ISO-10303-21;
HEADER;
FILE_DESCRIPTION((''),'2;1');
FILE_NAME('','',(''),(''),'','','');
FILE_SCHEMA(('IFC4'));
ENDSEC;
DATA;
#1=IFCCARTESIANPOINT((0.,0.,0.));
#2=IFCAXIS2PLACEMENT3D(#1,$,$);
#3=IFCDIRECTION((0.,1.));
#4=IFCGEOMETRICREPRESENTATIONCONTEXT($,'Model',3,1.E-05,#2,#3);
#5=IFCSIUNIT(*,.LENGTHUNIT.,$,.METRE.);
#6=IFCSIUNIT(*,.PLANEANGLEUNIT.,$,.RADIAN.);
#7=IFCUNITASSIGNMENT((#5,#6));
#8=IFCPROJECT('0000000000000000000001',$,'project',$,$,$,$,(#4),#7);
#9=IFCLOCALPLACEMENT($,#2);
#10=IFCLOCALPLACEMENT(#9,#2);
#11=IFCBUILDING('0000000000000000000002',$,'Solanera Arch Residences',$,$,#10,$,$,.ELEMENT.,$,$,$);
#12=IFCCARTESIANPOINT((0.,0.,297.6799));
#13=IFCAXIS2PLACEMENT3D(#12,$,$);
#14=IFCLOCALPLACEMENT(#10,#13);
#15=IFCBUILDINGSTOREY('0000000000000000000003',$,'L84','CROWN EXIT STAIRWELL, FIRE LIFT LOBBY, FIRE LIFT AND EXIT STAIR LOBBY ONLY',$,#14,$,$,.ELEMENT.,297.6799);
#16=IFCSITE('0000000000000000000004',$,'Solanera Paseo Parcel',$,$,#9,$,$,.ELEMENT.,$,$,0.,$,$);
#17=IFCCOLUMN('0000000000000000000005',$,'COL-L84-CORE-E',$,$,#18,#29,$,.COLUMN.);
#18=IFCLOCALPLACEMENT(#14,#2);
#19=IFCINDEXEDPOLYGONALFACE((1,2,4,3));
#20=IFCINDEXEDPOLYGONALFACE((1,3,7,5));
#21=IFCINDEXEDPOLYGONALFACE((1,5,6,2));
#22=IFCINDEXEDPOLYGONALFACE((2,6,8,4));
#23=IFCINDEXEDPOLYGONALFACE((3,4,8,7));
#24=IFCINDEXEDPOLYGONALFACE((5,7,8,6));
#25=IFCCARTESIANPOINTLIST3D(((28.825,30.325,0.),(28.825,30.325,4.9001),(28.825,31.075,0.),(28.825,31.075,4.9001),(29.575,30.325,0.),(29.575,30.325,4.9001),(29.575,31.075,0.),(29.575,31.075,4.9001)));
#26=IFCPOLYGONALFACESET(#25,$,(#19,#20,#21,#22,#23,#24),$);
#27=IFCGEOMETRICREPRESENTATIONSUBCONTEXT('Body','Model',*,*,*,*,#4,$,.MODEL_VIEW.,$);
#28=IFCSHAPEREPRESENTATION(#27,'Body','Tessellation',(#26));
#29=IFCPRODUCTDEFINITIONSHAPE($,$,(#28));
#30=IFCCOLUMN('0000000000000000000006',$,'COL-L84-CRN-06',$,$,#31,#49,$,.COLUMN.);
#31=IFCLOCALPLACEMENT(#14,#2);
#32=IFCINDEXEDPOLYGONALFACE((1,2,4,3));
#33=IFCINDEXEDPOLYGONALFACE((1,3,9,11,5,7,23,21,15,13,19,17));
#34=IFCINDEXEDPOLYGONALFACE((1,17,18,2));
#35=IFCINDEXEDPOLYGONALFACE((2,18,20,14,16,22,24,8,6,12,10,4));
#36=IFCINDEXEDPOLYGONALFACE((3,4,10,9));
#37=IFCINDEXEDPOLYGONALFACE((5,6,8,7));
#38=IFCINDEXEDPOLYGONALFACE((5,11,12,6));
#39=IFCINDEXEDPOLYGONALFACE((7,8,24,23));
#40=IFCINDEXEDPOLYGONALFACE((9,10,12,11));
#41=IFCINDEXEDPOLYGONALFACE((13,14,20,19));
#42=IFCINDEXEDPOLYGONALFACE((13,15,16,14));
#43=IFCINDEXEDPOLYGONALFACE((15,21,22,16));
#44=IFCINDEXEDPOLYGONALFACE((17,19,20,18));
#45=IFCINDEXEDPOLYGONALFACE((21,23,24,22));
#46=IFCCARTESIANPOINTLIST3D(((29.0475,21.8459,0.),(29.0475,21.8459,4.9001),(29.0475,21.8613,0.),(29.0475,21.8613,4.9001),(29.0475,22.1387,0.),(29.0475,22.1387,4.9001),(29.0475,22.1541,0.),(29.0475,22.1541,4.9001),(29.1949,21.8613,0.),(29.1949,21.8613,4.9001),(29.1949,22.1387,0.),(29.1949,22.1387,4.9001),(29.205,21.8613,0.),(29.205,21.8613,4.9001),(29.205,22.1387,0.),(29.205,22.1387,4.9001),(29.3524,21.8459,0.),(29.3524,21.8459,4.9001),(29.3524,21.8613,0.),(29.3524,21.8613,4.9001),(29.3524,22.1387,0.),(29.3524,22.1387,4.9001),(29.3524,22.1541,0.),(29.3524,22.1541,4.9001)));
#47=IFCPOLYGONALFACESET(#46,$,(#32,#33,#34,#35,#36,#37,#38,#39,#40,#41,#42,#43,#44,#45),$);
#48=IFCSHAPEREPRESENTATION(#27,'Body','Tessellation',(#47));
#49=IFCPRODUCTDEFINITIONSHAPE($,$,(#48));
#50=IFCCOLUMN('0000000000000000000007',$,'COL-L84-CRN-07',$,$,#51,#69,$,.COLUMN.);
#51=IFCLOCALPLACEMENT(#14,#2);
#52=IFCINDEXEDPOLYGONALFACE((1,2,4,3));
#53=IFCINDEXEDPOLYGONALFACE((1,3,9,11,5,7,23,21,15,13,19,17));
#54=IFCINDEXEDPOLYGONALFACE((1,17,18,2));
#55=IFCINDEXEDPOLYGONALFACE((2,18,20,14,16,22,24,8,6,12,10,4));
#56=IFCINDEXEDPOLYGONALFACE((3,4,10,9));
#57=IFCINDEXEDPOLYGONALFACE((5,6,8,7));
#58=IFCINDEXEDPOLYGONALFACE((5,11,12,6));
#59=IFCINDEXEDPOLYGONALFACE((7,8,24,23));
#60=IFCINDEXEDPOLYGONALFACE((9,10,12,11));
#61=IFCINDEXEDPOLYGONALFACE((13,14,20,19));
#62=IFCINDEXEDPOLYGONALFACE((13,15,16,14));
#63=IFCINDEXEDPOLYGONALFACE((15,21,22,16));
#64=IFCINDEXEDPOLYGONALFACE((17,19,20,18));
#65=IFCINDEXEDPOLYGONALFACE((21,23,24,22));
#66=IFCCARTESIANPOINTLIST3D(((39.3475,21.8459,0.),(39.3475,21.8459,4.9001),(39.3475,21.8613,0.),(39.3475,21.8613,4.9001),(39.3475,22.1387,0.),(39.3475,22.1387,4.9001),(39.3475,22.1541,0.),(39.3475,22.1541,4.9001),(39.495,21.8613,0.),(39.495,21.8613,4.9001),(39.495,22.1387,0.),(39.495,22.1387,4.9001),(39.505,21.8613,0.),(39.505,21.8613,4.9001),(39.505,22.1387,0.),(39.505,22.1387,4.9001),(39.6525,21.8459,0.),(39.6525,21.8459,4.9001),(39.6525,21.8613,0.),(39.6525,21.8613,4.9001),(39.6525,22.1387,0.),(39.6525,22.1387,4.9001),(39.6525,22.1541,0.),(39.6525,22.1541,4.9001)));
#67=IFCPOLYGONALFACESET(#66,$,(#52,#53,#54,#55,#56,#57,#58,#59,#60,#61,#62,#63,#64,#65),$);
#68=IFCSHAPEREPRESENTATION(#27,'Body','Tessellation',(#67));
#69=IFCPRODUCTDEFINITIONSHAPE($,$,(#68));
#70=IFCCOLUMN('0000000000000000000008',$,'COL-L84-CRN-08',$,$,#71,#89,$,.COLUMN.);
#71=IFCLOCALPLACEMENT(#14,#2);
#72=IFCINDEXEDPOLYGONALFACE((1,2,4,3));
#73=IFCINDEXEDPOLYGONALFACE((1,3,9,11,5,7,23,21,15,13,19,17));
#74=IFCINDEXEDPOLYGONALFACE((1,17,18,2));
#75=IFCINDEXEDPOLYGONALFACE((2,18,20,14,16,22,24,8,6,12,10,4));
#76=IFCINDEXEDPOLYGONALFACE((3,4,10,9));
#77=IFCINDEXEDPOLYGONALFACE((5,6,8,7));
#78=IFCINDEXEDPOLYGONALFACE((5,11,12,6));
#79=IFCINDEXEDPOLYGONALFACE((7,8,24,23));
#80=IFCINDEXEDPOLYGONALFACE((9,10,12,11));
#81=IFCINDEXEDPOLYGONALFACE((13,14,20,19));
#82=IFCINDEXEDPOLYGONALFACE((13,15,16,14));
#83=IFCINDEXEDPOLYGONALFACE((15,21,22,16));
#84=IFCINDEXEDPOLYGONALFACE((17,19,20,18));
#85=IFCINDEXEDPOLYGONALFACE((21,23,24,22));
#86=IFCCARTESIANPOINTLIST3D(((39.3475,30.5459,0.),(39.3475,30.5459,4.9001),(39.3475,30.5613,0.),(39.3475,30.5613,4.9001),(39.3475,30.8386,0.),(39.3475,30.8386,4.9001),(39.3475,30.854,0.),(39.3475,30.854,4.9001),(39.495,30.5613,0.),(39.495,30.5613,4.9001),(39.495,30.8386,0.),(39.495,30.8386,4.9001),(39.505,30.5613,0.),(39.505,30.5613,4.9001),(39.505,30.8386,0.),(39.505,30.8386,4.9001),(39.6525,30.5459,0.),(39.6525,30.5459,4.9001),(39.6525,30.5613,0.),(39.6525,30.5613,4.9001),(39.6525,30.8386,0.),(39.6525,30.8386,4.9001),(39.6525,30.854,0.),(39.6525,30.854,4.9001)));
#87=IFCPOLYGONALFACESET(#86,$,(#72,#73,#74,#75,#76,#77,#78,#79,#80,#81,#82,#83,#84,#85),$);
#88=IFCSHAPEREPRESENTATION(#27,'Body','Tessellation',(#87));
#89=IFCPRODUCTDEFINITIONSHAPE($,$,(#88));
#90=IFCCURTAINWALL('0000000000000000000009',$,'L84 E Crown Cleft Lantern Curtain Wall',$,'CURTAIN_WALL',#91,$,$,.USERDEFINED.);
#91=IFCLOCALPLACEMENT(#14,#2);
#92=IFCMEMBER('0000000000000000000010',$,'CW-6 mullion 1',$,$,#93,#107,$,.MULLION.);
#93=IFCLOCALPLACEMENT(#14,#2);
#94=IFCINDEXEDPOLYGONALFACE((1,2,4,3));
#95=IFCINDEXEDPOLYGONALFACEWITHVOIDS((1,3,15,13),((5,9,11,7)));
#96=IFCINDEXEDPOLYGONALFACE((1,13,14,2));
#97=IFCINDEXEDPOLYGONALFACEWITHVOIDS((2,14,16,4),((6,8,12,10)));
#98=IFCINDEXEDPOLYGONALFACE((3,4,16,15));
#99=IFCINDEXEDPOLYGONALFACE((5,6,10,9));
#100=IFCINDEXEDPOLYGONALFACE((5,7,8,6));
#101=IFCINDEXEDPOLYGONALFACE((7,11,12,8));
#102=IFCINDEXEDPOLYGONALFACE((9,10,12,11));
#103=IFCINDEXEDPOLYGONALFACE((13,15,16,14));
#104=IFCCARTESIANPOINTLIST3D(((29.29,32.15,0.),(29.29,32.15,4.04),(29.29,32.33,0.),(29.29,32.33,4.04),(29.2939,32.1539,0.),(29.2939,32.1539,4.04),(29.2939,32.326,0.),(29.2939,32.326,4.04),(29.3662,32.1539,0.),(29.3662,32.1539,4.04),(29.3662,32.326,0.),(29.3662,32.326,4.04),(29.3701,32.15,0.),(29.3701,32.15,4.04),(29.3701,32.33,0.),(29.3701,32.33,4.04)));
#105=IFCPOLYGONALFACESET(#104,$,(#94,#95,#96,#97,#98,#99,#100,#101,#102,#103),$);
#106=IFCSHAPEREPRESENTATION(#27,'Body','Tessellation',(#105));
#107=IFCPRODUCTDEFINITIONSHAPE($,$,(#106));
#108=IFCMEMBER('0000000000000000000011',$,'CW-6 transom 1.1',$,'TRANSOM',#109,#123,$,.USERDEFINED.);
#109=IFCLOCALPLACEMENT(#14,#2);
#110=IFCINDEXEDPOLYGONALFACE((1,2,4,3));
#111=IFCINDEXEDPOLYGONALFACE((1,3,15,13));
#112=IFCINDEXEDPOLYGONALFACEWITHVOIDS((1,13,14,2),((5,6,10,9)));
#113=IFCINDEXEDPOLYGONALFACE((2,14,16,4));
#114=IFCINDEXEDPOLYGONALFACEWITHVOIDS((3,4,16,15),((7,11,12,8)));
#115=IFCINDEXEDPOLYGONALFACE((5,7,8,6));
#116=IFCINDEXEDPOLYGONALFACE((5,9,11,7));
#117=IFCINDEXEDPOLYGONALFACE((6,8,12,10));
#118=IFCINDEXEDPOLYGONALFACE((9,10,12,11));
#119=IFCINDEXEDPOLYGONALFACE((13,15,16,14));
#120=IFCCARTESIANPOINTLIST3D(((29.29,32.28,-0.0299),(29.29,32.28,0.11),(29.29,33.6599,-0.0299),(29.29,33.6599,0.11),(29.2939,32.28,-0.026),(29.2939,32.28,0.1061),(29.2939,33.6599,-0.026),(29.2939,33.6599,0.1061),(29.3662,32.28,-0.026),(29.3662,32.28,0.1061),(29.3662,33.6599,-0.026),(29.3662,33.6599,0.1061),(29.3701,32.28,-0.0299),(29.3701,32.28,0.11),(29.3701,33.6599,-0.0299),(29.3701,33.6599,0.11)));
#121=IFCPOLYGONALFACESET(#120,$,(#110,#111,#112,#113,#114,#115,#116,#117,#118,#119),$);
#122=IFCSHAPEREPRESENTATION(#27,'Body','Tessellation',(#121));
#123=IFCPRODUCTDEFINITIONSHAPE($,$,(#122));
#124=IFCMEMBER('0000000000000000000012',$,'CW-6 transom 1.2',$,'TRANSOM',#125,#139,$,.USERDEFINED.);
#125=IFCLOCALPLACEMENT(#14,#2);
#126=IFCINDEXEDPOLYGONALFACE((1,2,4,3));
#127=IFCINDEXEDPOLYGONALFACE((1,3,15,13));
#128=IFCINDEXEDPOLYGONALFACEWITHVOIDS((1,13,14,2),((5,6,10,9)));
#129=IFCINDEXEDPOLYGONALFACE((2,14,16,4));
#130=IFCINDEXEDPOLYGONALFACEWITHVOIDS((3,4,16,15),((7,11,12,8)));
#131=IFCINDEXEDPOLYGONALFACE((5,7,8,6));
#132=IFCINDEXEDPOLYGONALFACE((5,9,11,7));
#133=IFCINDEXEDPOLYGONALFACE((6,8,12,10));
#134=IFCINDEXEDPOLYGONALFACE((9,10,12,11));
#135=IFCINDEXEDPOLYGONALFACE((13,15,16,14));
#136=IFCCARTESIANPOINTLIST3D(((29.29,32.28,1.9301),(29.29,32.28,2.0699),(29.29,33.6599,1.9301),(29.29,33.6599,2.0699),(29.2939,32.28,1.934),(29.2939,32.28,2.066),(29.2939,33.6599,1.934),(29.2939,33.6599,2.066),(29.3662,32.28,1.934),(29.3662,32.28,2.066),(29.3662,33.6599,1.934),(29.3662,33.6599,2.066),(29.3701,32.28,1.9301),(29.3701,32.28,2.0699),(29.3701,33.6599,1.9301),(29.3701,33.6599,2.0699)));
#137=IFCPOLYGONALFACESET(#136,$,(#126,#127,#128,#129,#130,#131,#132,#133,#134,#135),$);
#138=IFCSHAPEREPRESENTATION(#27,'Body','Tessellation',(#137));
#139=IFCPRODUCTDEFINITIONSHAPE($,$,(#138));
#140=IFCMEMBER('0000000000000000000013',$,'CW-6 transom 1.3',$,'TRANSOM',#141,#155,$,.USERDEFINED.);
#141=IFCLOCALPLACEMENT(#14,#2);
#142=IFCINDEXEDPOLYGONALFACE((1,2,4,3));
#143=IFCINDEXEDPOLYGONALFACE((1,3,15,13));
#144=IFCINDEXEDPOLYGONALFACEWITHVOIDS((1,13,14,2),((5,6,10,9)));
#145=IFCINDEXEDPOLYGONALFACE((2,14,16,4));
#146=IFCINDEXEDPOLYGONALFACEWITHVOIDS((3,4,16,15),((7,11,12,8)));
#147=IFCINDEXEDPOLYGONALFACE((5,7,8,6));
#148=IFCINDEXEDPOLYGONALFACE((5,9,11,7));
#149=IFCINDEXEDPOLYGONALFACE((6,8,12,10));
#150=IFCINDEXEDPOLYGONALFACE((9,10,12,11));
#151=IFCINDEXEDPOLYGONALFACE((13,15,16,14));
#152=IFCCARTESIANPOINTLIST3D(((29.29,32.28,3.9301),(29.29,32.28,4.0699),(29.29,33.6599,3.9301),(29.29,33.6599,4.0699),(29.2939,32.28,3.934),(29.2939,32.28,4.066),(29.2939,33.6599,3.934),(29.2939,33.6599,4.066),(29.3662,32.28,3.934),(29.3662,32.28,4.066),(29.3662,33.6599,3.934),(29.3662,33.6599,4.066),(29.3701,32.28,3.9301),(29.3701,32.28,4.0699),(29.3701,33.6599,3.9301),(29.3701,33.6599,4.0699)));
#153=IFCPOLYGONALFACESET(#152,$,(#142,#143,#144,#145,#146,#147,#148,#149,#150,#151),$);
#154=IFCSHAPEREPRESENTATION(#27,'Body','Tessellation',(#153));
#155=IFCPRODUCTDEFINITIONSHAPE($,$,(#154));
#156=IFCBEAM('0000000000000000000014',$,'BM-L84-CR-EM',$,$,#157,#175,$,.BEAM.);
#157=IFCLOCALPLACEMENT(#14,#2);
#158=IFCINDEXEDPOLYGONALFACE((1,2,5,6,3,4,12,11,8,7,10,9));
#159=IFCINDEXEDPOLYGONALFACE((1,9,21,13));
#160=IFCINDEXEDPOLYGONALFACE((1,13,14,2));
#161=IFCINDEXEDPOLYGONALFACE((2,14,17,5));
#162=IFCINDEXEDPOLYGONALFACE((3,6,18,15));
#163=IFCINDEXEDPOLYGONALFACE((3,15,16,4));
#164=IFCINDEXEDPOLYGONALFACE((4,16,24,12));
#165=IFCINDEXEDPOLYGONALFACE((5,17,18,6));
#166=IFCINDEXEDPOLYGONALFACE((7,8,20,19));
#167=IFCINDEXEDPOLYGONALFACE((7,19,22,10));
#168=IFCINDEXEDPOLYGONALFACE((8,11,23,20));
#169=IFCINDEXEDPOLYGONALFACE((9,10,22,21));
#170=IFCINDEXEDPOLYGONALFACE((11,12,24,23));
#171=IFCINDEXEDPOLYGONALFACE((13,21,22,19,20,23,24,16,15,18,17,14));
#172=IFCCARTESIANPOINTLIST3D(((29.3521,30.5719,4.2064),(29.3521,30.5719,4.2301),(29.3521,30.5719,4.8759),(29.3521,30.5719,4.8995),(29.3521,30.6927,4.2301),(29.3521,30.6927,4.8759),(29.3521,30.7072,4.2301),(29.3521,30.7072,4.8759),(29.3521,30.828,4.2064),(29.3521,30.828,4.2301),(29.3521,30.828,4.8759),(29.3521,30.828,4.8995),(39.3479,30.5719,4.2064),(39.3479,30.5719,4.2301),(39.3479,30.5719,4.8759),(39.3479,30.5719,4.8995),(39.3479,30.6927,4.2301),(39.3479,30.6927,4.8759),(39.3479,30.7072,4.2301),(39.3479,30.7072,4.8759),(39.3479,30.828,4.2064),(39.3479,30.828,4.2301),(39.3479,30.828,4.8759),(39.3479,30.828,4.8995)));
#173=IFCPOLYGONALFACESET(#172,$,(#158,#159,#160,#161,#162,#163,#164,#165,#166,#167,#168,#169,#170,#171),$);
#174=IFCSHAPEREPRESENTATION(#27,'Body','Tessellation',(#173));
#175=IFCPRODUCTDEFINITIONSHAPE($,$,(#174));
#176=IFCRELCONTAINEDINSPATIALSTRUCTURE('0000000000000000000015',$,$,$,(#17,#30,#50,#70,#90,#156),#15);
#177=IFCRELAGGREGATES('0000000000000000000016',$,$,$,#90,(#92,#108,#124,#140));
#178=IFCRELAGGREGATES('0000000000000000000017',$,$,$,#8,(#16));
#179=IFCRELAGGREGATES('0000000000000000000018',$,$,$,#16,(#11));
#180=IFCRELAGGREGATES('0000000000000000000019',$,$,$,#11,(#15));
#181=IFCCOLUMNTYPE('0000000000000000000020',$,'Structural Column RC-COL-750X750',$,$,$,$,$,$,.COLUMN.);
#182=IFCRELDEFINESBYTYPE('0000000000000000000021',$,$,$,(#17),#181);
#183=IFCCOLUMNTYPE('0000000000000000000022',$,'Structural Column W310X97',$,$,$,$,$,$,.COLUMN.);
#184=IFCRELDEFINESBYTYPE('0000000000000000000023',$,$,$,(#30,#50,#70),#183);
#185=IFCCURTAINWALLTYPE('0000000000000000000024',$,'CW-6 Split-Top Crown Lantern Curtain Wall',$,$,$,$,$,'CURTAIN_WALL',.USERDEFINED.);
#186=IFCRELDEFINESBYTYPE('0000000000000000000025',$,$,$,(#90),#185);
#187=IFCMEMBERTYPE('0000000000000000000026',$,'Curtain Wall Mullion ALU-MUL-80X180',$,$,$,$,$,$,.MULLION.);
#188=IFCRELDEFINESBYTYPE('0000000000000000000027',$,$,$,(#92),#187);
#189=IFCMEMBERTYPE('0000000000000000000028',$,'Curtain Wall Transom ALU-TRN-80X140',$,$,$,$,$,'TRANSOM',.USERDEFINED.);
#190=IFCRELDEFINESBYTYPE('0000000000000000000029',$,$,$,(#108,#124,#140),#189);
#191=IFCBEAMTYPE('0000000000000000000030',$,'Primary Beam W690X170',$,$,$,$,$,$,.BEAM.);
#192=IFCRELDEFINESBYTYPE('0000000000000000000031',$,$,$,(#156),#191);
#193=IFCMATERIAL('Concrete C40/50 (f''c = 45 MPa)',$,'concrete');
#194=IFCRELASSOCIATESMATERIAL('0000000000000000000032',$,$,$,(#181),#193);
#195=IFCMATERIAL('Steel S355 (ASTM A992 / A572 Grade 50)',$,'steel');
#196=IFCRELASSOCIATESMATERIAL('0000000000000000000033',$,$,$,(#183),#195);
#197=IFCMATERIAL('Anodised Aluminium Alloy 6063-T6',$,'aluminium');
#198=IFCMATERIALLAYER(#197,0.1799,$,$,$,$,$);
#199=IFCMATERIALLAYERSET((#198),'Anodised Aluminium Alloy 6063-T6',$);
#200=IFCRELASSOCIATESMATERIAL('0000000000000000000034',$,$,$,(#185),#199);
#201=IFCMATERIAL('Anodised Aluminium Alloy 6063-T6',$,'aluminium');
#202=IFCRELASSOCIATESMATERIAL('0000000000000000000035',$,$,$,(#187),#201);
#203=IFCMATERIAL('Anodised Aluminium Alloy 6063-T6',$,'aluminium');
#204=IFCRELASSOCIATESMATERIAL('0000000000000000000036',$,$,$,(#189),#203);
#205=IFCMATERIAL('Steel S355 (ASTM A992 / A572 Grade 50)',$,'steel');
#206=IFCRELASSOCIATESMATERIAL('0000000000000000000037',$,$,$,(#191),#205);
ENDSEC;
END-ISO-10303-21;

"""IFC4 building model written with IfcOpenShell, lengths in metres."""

from ifc_helpers import new_model, si_unit, direction, frame, origin, origin_2d, place, context, subcontext, project, spatial, rectangle, hollow_rectangle, i_section, extrude, material, layer, layer_set, material_profile, profile_set, type_object, element, aggregate, save


model = new_model("IFC4")

# Units and contexts
model_context = context("Model", 3, precision=1e-05, world=origin(), true_north=direction((0.0, 1.0)))
body_context = subcontext(model_context, "Body", "Model", "MODEL_VIEW")
ifc_project = project(units=[si_unit("LENGTHUNIT", "METRE"), si_unit("PLANEANGLEUNIT", "RADIAN")], contexts=[model_context])

# Site, building, storey
site_placement = place(None, origin())
site = spatial("IfcSite", under=ifc_project, at=site_placement, Name="Solanera Paseo Parcel", CompositionType="ELEMENT", RefElevation=0.0)
building_placement = place(site_placement, origin())
building = spatial("IfcBuilding", under=site, at=building_placement, Name="Solanera Arch Residences", CompositionType="ELEMENT")
storey_placement = place(building_placement, frame((0.0, 0.0, 297.6799)))
storey = spatial("IfcBuildingStorey", under=building, at=storey_placement, Name="L84", Description="CROWN EXIT STAIRWELL, FIRE LIFT LOBBY, FIRE LIFT AND EXIT STAIR LOBBY ONLY", CompositionType="ELEMENT", Elevation=297.6799)

# Columns
ifc_material_1 = material(Name="Concrete C40/50 (f'c = 45 MPa)", Category="concrete")
ifc_material_profile_1 = material_profile(ifc_material_1, rectangle(XDim=0.75, YDim=0.75, at=origin_2d()))
ifc_profile_set_1 = profile_set([ifc_material_profile_1], Name="Concrete C40/50 (f'c = 45 MPa)")
column_type_1 = type_object("IfcColumnType", Name="Structural Column RC-COL-750X750", PredefinedType="COLUMN", material=ifc_profile_set_1)
column_placement = place(storey_placement, frame((29.2, 30.7, 0.0), z_axis=(0.0, 0.0, 1.0), x_axis=(1.0, 0.0, 0.0)))
element("IfcColumn", 1, at=column_placement, inside=storey, type_object=column_type_1, Name="COL-L84-CORE-E", PredefinedType="COLUMN", context=body_context, shape_type="SweptSolid", body=[
    extrude(rectangle(XDim=0.75, YDim=0.75, at=origin_2d()), origin(), (0.0, 0.0, 1.0), 4.9001),
])
ifc_material_2 = material(Name="Steel S355 (ASTM A992 / A572 Grade 50)", Category="steel")
ifc_material_profile_2 = material_profile(ifc_material_2, i_section(OverallWidth=0.3049, OverallDepth=0.3081, WebThickness=0.01, FlangeThickness=0.0154, at=origin_2d()))
ifc_profile_set_2 = profile_set([ifc_material_profile_2], Name="Steel S355 (ASTM A992 / A572 Grade 50)")
column_type_2 = type_object("IfcColumnType", Name="Structural Column W310X97", PredefinedType="COLUMN", material=ifc_profile_set_2)
for number, where, z_axis, x_axis, name in (
    (2, (29.2, 22.0, 0.0), (0.0, 0.0, 1.0), (1.0, 0.0, 0.0), "COL-L84-CRN-06"),
    (3, (39.5, 22.0, 0.0), (0.0, 0.0, 1.0), (1.0, 0.0, 0.0), "COL-L84-CRN-07"),
    (4, (39.5, 30.7, 0.0), (0.0, 0.0, 1.0), (1.0, 0.0, 0.0), "COL-L84-CRN-08"),
):
    element("IfcColumn", number, at=place(storey_placement, frame(where, z_axis=z_axis, x_axis=x_axis)), inside=storey, type_object=column_type_2, Name=name, PredefinedType="COLUMN", context=body_context, shape_type="SweptSolid", body=[
        extrude(i_section(OverallWidth=0.3049, OverallDepth=0.3081, WebThickness=0.01, FlangeThickness=0.0154, at=origin_2d()), origin(), (0.0, 0.0, 1.0), 4.9001),
    ])

# Curtain wall, members
ifc_material_3 = material(Name="Anodised Aluminium Alloy 6063-T6", Category="aluminium")
ifc_layer_1 = layer(ifc_material_3, 0.1799)
ifc_layer_set_1 = layer_set([ifc_layer_1], Name="Anodised Aluminium Alloy 6063-T6")
curtain_wall_type = type_object("IfcCurtainWallType", Name="CW-6 Split-Top Crown Lantern Curtain Wall", ElementType="CURTAIN_WALL", PredefinedType="USERDEFINED", material=ifc_layer_set_1)
curtain_wall_placement = place(storey_placement, origin())
curtain_wall = element("IfcCurtainWall", 5, at=curtain_wall_placement, inside=storey, type_object=curtain_wall_type, Name="L84 E Crown Cleft Lantern Curtain Wall", ObjectType="CURTAIN_WALL", PredefinedType="USERDEFINED")
ifc_material_4 = material(Name="Anodised Aluminium Alloy 6063-T6", Category="aluminium")
ifc_material_profile_3 = material_profile(ifc_material_4, hollow_rectangle(XDim=0.0801, YDim=0.1799, WallThickness=0.0039, at=origin_2d()))
ifc_profile_set_3 = profile_set([ifc_material_profile_3], Name="Anodised Aluminium Alloy 6063-T6")
member_type_1 = type_object("IfcMemberType", Name="Curtain Wall Mullion ALU-MUL-80X180", PredefinedType="MULLION", material=ifc_profile_set_3)
member_1_placement = place(storey_placement, frame((29.3301, 32.24, 0.0), z_axis=(0.0, 0.0, 1.0), x_axis=(-1.0, 0.0, 0.0)))
member_1 = element("IfcMember", 6, at=member_1_placement, type_object=member_type_1, Name="CW-6 mullion 1", PredefinedType="MULLION", context=body_context, shape_type="SweptSolid", body=[
    extrude(hollow_rectangle(XDim=0.0801, YDim=0.1799, WallThickness=0.0039, at=origin_2d()), origin(), (0.0, 0.0, 1.0), 4.04),
])
ifc_material_5 = material(Name="Anodised Aluminium Alloy 6063-T6", Category="aluminium")
ifc_material_profile_4 = material_profile(ifc_material_5, hollow_rectangle(XDim=0.0801, YDim=0.1399, WallThickness=0.0039, at=origin_2d()))
ifc_profile_set_4 = profile_set([ifc_material_profile_4], Name="Anodised Aluminium Alloy 6063-T6")
member_type_2 = type_object("IfcMemberType", Name="Curtain Wall Transom ALU-TRN-80X140", ElementType="TRANSOM", PredefinedType="USERDEFINED", material=ifc_profile_set_4)
member_2_placement = place(storey_placement, frame((29.3301, 32.28, 0.04), z_axis=(0.0, 1.0, 0.0), x_axis=(-1.0, 0.0, 0.0)))
member_2 = element("IfcMember", 7, at=member_2_placement, type_object=member_type_2, Name="CW-6 transom 1.1", ObjectType="TRANSOM", PredefinedType="USERDEFINED", context=body_context, shape_type="SweptSolid", body=[
    extrude(hollow_rectangle(XDim=0.0801, YDim=0.1399, WallThickness=0.0039, at=origin_2d()), origin(), (0.0, 0.0, 1.0), 1.3799),
])
member_3_placement = place(storey_placement, frame((29.3301, 32.28, 2.0), z_axis=(0.0, 1.0, 0.0), x_axis=(-1.0, 0.0, 0.0)))
member_3 = element("IfcMember", 8, at=member_3_placement, type_object=member_type_2, Name="CW-6 transom 1.2", ObjectType="TRANSOM", PredefinedType="USERDEFINED", context=body_context, shape_type="SweptSolid", body=[
    extrude(hollow_rectangle(XDim=0.0801, YDim=0.1399, WallThickness=0.0039, at=origin_2d()), origin(), (0.0, 0.0, 1.0), 1.3799),
])
member_4_placement = place(storey_placement, frame((29.3301, 32.28, 4.0), z_axis=(0.0, 1.0, 0.0), x_axis=(-1.0, 0.0, 0.0)))
member_4 = element("IfcMember", 9, at=member_4_placement, type_object=member_type_2, Name="CW-6 transom 1.3", ObjectType="TRANSOM", PredefinedType="USERDEFINED", context=body_context, shape_type="SweptSolid", body=[
    extrude(hollow_rectangle(XDim=0.0801, YDim=0.1399, WallThickness=0.0039, at=origin_2d()), origin(), (0.0, 0.0, 1.0), 1.3799),
])
aggregate(curtain_wall, [member_1, member_2, member_3, member_4])

# Beam
ifc_material_6 = material(Name="Steel S355 (ASTM A992 / A572 Grade 50)", Category="steel")
ifc_material_profile_5 = material_profile(ifc_material_6, i_section(OverallWidth=0.2561, OverallDepth=0.6931, WebThickness=0.0144, FlangeThickness=0.0237, at=origin_2d()))
ifc_profile_set_5 = profile_set([ifc_material_profile_5], Name="Steel S355 (ASTM A992 / A572 Grade 50)")
beam_type_1 = type_object("IfcBeamType", Name="Primary Beam W690X170", PredefinedType="BEAM", material=ifc_profile_set_5)
beam_1_placement = place(storey_placement, frame((29.3521, 30.7, 4.553), z_axis=(1.0, 0.0, 0.0), x_axis=(0.0, 1.0, 0.0)))
element("IfcBeam", 10, at=beam_1_placement, inside=storey, type_object=beam_type_1, Name="BM-L84-CR-EM", PredefinedType="BEAM", context=body_context, shape_type="SweptSolid", body=[
    extrude(i_section(OverallWidth=0.2561, OverallDepth=0.6931, WebThickness=0.0144, FlangeThickness=0.0237, at=origin_2d()), origin(), (0.0, 0.0, 1.0), 9.9958),
])

save(model, "model.ifc")
